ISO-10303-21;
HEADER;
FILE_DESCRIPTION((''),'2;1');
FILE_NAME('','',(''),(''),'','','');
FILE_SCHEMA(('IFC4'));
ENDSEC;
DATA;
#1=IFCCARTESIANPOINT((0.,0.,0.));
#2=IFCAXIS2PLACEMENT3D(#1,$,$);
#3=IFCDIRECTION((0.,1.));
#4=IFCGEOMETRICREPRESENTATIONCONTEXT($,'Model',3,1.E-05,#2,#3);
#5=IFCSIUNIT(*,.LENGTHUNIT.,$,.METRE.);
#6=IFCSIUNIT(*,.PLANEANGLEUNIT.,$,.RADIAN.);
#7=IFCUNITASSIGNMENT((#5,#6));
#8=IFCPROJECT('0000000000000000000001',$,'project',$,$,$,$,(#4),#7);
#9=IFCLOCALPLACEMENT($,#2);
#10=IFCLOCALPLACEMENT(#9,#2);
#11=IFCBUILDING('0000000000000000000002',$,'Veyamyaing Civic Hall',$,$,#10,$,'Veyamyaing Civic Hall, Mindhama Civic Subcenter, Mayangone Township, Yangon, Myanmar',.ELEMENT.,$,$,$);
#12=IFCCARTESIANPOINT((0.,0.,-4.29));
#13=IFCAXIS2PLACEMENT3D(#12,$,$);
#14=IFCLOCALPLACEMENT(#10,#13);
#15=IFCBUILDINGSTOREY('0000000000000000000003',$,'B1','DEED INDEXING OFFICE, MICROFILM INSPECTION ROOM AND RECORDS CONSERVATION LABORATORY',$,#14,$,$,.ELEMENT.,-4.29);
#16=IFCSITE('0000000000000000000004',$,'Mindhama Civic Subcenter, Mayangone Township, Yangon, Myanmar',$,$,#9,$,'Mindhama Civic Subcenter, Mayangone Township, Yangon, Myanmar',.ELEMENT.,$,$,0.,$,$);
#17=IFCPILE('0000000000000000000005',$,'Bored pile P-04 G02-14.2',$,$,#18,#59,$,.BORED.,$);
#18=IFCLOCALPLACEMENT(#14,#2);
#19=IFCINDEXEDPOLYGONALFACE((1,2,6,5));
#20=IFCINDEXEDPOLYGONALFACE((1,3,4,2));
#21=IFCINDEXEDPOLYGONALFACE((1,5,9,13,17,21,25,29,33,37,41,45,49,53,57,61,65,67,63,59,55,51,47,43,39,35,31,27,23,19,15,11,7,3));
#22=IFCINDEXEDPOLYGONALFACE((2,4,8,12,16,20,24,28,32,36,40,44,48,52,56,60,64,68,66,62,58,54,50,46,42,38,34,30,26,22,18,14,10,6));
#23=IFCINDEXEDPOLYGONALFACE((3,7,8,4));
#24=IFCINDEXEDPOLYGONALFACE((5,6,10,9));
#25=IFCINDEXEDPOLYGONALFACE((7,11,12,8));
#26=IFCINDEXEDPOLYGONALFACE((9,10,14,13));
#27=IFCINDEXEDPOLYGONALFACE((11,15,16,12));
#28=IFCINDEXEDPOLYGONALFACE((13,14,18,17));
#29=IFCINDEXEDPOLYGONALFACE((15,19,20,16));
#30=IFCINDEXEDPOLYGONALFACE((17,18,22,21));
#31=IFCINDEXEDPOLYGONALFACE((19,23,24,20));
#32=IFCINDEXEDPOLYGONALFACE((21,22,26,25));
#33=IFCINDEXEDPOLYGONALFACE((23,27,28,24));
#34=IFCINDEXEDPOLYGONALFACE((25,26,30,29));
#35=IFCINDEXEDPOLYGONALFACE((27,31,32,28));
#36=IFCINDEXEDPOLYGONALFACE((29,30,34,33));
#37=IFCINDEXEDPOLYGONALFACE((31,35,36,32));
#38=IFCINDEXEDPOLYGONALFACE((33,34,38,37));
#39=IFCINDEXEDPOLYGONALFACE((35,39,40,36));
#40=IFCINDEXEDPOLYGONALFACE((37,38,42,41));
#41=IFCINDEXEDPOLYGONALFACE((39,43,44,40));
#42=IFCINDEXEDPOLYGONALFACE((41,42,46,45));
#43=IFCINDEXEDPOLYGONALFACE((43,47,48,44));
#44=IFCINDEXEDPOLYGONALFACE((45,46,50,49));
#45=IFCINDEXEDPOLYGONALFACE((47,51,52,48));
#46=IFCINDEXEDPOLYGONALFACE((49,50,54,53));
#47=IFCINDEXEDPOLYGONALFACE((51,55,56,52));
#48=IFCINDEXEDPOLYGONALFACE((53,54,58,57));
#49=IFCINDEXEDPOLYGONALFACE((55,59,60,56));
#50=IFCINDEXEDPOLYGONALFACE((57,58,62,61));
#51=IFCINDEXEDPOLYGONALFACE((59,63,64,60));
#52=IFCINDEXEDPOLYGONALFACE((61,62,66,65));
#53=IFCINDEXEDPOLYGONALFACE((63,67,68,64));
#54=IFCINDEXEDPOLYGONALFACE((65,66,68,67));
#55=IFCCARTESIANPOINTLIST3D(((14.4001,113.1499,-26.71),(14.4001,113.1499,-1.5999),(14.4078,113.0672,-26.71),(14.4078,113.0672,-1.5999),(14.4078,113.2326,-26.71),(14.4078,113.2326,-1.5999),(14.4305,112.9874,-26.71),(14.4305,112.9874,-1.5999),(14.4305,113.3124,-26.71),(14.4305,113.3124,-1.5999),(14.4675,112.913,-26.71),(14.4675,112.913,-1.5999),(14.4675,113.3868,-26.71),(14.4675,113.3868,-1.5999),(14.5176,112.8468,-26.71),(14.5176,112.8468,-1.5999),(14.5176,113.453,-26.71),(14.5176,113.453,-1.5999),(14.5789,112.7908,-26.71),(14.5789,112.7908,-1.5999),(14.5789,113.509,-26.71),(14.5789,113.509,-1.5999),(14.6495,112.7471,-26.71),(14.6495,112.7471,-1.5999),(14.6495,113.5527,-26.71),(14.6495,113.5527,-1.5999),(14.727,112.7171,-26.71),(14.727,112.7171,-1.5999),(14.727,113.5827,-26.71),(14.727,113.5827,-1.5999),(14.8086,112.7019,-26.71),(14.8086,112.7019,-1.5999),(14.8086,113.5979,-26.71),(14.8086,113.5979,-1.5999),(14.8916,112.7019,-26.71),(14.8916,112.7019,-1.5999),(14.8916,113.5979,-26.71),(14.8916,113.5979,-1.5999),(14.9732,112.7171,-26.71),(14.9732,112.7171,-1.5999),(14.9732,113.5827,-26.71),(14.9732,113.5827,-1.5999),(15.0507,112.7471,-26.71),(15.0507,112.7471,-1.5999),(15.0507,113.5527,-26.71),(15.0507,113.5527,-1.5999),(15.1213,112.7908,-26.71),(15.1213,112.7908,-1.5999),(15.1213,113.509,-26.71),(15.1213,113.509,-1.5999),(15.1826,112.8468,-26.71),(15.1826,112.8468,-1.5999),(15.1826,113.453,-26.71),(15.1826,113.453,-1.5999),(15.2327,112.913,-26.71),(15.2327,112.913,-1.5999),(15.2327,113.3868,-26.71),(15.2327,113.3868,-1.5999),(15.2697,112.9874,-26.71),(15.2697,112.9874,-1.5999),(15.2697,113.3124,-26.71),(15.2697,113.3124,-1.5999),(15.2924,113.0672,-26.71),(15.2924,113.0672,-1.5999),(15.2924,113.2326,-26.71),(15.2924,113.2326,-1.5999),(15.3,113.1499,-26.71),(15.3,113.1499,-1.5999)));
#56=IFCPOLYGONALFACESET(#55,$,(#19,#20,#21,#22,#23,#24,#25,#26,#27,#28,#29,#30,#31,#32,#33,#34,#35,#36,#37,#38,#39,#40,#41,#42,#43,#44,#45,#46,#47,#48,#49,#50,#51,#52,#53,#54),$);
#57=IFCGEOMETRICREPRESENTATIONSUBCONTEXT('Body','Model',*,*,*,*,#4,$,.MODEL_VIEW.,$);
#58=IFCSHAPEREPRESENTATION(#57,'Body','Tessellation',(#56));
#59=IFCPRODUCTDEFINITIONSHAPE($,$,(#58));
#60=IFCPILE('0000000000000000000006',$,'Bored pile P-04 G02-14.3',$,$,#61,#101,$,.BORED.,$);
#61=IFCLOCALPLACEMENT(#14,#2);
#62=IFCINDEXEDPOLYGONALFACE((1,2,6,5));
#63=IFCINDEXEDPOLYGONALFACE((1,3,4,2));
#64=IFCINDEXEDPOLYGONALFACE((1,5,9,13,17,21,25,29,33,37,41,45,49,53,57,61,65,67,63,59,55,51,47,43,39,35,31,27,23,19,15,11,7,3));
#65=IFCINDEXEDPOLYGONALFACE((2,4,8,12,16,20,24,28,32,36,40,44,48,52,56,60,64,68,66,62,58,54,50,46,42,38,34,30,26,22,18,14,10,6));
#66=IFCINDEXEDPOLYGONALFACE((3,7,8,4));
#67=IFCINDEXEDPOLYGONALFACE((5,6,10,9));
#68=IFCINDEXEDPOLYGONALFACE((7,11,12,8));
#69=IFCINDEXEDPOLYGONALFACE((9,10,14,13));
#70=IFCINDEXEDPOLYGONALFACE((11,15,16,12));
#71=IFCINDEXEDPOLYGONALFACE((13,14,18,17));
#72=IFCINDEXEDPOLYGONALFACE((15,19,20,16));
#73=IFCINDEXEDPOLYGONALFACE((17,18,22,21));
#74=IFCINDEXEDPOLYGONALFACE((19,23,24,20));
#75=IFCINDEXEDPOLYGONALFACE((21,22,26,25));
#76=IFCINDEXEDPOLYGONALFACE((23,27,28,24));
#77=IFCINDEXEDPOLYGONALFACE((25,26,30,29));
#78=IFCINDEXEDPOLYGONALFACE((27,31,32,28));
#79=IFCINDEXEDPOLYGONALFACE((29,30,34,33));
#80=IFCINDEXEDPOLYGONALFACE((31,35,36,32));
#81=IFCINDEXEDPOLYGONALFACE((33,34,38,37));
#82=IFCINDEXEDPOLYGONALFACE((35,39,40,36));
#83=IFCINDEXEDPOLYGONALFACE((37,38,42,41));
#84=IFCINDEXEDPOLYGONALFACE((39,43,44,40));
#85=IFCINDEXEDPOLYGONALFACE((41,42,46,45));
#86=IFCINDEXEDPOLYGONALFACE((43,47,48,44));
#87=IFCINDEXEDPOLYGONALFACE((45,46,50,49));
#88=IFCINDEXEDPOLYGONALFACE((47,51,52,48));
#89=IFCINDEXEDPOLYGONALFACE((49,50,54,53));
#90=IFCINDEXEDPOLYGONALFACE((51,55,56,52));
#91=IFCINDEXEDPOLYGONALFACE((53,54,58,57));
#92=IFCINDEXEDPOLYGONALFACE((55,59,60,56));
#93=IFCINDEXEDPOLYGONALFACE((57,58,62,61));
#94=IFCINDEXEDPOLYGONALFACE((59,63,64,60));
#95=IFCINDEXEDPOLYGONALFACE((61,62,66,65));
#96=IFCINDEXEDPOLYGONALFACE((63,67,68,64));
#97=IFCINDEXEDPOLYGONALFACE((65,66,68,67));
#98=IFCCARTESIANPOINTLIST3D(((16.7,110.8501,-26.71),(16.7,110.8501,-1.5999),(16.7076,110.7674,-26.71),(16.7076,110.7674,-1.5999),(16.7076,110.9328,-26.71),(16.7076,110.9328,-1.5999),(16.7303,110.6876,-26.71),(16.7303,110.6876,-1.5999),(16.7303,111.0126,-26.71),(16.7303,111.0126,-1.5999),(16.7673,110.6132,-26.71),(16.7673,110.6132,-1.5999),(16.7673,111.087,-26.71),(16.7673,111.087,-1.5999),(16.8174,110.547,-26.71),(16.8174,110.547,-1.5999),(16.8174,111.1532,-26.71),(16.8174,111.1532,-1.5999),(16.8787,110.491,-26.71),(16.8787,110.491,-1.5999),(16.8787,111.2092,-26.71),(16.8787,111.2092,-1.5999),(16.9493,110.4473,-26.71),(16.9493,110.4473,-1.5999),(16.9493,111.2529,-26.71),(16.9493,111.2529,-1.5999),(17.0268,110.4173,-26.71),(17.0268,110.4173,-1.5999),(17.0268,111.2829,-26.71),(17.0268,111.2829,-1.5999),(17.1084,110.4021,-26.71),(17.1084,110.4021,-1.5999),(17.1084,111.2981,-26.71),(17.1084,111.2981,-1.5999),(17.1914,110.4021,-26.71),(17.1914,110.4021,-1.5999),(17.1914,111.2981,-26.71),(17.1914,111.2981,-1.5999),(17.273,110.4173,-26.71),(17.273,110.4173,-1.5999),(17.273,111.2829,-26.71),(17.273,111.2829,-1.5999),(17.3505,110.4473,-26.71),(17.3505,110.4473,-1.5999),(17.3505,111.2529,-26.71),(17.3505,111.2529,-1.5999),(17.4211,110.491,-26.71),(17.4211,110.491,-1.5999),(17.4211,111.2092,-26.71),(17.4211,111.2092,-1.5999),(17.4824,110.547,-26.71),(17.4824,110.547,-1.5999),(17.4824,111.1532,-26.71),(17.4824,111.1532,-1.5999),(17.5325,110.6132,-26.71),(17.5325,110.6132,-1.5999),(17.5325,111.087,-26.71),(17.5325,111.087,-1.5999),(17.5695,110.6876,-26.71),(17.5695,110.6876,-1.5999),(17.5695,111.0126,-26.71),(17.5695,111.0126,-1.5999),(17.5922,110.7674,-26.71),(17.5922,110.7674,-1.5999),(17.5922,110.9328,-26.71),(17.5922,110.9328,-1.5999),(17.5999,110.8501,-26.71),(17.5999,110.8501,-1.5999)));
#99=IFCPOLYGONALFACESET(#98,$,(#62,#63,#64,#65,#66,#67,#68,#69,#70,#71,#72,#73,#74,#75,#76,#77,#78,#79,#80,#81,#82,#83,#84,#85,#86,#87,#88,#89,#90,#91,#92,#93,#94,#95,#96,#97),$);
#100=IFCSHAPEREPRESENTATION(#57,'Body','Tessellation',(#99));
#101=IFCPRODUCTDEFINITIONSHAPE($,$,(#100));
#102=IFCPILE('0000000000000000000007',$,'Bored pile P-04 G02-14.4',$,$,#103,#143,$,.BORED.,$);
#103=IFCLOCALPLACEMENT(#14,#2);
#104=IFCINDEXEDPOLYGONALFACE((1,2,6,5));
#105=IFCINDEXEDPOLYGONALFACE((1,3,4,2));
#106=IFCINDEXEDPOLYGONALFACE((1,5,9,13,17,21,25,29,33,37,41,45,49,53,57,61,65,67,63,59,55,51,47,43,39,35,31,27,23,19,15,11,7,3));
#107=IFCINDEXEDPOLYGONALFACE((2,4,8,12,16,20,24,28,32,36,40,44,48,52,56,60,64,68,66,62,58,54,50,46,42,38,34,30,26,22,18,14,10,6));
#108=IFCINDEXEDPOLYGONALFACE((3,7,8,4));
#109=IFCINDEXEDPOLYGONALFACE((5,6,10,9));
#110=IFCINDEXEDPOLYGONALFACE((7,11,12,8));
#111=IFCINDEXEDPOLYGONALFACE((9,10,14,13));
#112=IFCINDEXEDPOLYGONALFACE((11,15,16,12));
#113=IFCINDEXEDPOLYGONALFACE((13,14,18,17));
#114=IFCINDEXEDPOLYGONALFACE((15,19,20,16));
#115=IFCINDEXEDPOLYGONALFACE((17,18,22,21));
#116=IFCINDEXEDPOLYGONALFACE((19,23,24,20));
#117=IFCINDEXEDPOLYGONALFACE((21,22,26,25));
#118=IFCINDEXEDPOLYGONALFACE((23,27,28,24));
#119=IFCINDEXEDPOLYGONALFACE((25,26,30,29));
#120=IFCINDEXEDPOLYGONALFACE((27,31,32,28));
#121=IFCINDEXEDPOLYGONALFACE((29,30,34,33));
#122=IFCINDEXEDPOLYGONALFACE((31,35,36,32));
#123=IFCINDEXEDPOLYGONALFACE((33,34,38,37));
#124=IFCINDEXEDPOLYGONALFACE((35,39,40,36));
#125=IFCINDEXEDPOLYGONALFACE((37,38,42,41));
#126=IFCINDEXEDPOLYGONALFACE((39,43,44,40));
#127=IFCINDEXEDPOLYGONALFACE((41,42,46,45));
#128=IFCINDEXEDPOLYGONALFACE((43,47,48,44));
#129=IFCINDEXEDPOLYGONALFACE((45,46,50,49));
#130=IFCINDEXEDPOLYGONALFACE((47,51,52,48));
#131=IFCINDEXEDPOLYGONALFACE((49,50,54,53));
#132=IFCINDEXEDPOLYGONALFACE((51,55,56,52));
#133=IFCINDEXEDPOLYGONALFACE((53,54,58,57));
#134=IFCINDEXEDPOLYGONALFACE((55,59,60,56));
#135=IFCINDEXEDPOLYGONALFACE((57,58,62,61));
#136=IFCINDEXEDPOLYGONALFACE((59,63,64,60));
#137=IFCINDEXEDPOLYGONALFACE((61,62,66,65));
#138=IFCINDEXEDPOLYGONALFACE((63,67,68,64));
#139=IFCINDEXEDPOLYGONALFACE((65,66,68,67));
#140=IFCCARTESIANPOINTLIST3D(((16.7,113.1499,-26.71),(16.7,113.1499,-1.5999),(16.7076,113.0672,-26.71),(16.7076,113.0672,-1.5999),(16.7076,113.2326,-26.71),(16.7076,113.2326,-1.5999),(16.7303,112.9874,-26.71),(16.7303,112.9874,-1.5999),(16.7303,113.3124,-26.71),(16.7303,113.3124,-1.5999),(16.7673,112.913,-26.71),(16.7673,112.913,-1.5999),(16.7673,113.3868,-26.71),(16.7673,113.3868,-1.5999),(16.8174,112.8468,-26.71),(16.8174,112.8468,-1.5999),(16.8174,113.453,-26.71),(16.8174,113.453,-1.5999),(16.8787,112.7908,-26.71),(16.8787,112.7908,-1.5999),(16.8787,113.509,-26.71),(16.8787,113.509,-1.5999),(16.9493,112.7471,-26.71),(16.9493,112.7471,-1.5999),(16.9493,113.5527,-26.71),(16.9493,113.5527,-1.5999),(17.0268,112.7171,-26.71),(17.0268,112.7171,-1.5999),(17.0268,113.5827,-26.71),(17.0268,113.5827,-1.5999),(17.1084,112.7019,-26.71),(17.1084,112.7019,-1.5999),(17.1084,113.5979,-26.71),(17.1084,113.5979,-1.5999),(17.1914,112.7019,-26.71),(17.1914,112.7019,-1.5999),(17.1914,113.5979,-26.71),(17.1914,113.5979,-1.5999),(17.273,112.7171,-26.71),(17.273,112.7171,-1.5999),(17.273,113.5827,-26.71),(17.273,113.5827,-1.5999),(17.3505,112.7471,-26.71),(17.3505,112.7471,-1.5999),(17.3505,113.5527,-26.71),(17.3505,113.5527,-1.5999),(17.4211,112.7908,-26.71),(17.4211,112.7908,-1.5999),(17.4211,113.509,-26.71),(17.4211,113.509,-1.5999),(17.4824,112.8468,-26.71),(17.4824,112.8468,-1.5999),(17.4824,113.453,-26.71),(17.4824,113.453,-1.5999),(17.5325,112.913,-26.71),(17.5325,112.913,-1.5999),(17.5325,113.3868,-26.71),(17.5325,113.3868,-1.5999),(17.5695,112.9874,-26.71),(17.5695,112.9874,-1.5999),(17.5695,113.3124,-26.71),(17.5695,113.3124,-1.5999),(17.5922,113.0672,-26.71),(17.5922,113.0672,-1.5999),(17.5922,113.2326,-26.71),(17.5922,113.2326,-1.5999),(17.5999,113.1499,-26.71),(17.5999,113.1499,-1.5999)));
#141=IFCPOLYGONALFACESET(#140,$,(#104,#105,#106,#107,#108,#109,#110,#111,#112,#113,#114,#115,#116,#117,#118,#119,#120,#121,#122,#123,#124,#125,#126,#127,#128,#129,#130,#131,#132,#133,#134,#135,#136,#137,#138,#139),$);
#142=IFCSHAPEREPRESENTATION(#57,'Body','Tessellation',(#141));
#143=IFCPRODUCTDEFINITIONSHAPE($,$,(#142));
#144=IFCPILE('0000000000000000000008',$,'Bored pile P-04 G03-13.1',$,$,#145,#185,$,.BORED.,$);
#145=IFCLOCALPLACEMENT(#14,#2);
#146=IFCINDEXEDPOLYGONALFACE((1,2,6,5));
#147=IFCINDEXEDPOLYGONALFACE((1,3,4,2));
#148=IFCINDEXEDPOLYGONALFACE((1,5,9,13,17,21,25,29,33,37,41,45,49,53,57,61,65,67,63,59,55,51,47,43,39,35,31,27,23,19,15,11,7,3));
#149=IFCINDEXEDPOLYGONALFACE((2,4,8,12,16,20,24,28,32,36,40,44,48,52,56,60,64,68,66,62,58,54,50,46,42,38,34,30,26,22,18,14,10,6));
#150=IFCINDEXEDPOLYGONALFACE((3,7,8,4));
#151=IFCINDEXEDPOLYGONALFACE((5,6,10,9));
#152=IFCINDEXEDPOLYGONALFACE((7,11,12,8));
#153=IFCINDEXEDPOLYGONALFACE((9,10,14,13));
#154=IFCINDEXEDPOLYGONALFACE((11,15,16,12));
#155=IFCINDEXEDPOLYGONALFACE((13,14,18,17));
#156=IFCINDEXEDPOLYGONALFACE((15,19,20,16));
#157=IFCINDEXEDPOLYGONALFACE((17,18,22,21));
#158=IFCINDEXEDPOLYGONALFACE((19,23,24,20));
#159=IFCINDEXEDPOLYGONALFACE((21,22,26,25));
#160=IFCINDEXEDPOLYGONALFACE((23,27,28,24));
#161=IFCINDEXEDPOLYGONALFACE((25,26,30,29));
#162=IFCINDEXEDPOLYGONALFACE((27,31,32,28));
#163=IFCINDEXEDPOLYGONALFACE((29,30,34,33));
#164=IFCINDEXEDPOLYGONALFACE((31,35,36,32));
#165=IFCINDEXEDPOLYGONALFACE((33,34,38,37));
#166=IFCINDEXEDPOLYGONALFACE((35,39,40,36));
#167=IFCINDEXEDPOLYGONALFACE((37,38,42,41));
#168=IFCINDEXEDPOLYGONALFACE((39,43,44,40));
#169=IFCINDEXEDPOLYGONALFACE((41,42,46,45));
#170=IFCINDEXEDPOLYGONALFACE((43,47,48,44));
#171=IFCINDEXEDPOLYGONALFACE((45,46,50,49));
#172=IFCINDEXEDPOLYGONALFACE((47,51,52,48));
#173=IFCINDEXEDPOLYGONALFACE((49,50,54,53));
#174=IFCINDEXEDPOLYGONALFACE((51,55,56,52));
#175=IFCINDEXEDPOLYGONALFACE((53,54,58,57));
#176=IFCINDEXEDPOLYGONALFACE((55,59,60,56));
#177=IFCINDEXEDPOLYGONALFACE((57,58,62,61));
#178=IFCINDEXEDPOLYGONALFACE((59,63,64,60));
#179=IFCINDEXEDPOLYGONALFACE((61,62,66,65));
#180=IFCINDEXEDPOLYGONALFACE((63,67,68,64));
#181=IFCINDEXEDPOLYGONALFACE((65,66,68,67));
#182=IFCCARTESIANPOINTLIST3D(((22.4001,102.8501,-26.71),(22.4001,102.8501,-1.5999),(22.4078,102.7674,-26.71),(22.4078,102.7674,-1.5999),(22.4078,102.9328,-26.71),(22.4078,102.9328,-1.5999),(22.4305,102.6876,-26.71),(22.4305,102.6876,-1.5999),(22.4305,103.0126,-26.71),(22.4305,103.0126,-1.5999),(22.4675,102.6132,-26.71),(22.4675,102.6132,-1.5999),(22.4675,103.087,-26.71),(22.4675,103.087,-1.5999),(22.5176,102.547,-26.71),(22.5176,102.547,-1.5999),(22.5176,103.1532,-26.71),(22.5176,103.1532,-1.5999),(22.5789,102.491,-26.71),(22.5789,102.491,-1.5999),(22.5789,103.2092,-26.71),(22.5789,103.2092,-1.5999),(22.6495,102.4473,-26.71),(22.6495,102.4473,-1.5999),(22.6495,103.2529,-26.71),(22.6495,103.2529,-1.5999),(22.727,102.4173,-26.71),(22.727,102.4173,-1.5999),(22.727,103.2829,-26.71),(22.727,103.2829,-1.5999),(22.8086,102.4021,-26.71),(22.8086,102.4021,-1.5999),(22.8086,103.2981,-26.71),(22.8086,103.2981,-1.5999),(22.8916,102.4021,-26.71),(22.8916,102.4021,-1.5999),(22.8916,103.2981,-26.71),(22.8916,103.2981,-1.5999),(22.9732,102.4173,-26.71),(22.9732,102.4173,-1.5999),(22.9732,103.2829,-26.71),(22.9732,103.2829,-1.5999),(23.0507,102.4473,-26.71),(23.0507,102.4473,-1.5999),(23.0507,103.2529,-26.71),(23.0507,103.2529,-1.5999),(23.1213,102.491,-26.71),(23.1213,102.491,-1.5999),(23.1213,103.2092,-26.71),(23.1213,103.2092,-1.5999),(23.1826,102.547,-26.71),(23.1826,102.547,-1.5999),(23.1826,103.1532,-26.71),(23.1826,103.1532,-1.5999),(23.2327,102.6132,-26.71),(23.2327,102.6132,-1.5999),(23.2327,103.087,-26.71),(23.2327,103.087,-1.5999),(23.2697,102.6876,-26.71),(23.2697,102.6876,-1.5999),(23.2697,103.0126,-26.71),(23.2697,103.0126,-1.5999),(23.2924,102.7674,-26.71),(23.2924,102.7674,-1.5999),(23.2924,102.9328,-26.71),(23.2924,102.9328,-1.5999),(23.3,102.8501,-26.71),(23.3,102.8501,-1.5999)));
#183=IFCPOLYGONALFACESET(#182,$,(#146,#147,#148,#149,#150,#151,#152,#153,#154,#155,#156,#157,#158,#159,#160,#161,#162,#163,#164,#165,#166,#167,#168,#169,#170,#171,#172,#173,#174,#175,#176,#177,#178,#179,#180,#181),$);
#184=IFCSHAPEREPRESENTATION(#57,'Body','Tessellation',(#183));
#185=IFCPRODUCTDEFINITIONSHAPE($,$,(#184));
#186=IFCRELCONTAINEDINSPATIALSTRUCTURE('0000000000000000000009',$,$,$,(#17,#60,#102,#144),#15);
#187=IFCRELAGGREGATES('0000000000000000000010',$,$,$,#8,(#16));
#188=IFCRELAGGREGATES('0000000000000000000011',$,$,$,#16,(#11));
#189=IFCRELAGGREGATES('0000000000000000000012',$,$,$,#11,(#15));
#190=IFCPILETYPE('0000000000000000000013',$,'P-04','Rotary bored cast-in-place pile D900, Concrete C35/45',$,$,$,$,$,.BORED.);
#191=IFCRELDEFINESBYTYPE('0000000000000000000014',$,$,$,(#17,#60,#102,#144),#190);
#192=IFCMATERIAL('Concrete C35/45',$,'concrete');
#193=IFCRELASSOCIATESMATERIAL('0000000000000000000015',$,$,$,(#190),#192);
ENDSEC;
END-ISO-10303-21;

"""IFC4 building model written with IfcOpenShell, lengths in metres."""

from ifc_helpers import new_model, si_unit, direction, frame, origin, origin_2d, place, context, subcontext, project, spatial, circle, extrude, material, material_profile, profile_set, type_object, element, save


model = new_model("IFC4")

# Units and contexts
model_context = context("Model", 3, precision=1e-05, world=origin(), true_north=direction((0.0, 1.0)))
body_context = subcontext(model_context, "Body", "Model", "MODEL_VIEW")
ifc_project = project(units=[si_unit("LENGTHUNIT", "METRE"), si_unit("PLANEANGLEUNIT", "RADIAN")], contexts=[model_context])

# Site, building, storey
site_placement = place(None, origin())
site = spatial("IfcSite", under=ifc_project, at=site_placement, Name="Mindhama Civic Subcenter, Mayangone Township, Yangon, Myanmar", LongName="Mindhama Civic Subcenter, Mayangone Township, Yangon, Myanmar", CompositionType="ELEMENT", RefElevation=0.0)
building_placement = place(site_placement, origin())
building = spatial("IfcBuilding", under=site, at=building_placement, Name="Veyamyaing Civic Hall", LongName="Veyamyaing Civic Hall, Mindhama Civic Subcenter, Mayangone Township, Yangon, Myanmar", CompositionType="ELEMENT")
storey_placement = place(building_placement, frame((0.0, 0.0, -4.29)))
storey = spatial("IfcBuildingStorey", under=building, at=storey_placement, Name="B1", Description="DEED INDEXING OFFICE, MICROFILM INSPECTION ROOM AND RECORDS CONSERVATION LABORATORY", CompositionType="ELEMENT", Elevation=-4.29)

# Piles
ifc_material_1 = material(Name="Concrete C35/45", Category="concrete")
ifc_material_profile_1 = material_profile(ifc_material_1, circle(Radius=0.45, at=origin_2d()), Name="PILE-D900")
ifc_profile_set_1 = profile_set([ifc_material_profile_1], Name="Concrete C35/45")
pile_type_1 = type_object("IfcPileType", Name="P-04", Description="Rotary bored cast-in-place pile D900, Concrete C35/45", PredefinedType="BORED", material=ifc_profile_set_1)
for number, where, z_axis, x_axis, name in (
    (1, (14.8501, 113.1499, -1.5999), (0.0, 0.0, -1.0), (1.0, 0.0, 0.0), "Bored pile P-04 G02-14.2"),
    (2, (17.1499, 110.8501, -1.5999), (0.0, 0.0, -1.0), (1.0, 0.0, 0.0), "Bored pile P-04 G02-14.3"),
    (3, (17.1499, 113.1499, -1.5999), (0.0, 0.0, -1.0), (1.0, 0.0, 0.0), "Bored pile P-04 G02-14.4"),
    (4, (22.8501, 102.8501, -1.5999), (0.0, 0.0, -1.0), (1.0, 0.0, 0.0), "Bored pile P-04 G03-13.1"),
):
    element("IfcPile", number, at=place(storey_placement, frame(where, z_axis=z_axis, x_axis=x_axis)), inside=storey, type_object=pile_type_1, Name=name, PredefinedType="BORED", context=body_context, shape_type="SweptSolid", body=[
        extrude(circle(Radius=0.45, at=origin_2d()), origin(), (0.0, 0.0, 1.0), 25.1101),
    ])

save(model, "model.ifc")
